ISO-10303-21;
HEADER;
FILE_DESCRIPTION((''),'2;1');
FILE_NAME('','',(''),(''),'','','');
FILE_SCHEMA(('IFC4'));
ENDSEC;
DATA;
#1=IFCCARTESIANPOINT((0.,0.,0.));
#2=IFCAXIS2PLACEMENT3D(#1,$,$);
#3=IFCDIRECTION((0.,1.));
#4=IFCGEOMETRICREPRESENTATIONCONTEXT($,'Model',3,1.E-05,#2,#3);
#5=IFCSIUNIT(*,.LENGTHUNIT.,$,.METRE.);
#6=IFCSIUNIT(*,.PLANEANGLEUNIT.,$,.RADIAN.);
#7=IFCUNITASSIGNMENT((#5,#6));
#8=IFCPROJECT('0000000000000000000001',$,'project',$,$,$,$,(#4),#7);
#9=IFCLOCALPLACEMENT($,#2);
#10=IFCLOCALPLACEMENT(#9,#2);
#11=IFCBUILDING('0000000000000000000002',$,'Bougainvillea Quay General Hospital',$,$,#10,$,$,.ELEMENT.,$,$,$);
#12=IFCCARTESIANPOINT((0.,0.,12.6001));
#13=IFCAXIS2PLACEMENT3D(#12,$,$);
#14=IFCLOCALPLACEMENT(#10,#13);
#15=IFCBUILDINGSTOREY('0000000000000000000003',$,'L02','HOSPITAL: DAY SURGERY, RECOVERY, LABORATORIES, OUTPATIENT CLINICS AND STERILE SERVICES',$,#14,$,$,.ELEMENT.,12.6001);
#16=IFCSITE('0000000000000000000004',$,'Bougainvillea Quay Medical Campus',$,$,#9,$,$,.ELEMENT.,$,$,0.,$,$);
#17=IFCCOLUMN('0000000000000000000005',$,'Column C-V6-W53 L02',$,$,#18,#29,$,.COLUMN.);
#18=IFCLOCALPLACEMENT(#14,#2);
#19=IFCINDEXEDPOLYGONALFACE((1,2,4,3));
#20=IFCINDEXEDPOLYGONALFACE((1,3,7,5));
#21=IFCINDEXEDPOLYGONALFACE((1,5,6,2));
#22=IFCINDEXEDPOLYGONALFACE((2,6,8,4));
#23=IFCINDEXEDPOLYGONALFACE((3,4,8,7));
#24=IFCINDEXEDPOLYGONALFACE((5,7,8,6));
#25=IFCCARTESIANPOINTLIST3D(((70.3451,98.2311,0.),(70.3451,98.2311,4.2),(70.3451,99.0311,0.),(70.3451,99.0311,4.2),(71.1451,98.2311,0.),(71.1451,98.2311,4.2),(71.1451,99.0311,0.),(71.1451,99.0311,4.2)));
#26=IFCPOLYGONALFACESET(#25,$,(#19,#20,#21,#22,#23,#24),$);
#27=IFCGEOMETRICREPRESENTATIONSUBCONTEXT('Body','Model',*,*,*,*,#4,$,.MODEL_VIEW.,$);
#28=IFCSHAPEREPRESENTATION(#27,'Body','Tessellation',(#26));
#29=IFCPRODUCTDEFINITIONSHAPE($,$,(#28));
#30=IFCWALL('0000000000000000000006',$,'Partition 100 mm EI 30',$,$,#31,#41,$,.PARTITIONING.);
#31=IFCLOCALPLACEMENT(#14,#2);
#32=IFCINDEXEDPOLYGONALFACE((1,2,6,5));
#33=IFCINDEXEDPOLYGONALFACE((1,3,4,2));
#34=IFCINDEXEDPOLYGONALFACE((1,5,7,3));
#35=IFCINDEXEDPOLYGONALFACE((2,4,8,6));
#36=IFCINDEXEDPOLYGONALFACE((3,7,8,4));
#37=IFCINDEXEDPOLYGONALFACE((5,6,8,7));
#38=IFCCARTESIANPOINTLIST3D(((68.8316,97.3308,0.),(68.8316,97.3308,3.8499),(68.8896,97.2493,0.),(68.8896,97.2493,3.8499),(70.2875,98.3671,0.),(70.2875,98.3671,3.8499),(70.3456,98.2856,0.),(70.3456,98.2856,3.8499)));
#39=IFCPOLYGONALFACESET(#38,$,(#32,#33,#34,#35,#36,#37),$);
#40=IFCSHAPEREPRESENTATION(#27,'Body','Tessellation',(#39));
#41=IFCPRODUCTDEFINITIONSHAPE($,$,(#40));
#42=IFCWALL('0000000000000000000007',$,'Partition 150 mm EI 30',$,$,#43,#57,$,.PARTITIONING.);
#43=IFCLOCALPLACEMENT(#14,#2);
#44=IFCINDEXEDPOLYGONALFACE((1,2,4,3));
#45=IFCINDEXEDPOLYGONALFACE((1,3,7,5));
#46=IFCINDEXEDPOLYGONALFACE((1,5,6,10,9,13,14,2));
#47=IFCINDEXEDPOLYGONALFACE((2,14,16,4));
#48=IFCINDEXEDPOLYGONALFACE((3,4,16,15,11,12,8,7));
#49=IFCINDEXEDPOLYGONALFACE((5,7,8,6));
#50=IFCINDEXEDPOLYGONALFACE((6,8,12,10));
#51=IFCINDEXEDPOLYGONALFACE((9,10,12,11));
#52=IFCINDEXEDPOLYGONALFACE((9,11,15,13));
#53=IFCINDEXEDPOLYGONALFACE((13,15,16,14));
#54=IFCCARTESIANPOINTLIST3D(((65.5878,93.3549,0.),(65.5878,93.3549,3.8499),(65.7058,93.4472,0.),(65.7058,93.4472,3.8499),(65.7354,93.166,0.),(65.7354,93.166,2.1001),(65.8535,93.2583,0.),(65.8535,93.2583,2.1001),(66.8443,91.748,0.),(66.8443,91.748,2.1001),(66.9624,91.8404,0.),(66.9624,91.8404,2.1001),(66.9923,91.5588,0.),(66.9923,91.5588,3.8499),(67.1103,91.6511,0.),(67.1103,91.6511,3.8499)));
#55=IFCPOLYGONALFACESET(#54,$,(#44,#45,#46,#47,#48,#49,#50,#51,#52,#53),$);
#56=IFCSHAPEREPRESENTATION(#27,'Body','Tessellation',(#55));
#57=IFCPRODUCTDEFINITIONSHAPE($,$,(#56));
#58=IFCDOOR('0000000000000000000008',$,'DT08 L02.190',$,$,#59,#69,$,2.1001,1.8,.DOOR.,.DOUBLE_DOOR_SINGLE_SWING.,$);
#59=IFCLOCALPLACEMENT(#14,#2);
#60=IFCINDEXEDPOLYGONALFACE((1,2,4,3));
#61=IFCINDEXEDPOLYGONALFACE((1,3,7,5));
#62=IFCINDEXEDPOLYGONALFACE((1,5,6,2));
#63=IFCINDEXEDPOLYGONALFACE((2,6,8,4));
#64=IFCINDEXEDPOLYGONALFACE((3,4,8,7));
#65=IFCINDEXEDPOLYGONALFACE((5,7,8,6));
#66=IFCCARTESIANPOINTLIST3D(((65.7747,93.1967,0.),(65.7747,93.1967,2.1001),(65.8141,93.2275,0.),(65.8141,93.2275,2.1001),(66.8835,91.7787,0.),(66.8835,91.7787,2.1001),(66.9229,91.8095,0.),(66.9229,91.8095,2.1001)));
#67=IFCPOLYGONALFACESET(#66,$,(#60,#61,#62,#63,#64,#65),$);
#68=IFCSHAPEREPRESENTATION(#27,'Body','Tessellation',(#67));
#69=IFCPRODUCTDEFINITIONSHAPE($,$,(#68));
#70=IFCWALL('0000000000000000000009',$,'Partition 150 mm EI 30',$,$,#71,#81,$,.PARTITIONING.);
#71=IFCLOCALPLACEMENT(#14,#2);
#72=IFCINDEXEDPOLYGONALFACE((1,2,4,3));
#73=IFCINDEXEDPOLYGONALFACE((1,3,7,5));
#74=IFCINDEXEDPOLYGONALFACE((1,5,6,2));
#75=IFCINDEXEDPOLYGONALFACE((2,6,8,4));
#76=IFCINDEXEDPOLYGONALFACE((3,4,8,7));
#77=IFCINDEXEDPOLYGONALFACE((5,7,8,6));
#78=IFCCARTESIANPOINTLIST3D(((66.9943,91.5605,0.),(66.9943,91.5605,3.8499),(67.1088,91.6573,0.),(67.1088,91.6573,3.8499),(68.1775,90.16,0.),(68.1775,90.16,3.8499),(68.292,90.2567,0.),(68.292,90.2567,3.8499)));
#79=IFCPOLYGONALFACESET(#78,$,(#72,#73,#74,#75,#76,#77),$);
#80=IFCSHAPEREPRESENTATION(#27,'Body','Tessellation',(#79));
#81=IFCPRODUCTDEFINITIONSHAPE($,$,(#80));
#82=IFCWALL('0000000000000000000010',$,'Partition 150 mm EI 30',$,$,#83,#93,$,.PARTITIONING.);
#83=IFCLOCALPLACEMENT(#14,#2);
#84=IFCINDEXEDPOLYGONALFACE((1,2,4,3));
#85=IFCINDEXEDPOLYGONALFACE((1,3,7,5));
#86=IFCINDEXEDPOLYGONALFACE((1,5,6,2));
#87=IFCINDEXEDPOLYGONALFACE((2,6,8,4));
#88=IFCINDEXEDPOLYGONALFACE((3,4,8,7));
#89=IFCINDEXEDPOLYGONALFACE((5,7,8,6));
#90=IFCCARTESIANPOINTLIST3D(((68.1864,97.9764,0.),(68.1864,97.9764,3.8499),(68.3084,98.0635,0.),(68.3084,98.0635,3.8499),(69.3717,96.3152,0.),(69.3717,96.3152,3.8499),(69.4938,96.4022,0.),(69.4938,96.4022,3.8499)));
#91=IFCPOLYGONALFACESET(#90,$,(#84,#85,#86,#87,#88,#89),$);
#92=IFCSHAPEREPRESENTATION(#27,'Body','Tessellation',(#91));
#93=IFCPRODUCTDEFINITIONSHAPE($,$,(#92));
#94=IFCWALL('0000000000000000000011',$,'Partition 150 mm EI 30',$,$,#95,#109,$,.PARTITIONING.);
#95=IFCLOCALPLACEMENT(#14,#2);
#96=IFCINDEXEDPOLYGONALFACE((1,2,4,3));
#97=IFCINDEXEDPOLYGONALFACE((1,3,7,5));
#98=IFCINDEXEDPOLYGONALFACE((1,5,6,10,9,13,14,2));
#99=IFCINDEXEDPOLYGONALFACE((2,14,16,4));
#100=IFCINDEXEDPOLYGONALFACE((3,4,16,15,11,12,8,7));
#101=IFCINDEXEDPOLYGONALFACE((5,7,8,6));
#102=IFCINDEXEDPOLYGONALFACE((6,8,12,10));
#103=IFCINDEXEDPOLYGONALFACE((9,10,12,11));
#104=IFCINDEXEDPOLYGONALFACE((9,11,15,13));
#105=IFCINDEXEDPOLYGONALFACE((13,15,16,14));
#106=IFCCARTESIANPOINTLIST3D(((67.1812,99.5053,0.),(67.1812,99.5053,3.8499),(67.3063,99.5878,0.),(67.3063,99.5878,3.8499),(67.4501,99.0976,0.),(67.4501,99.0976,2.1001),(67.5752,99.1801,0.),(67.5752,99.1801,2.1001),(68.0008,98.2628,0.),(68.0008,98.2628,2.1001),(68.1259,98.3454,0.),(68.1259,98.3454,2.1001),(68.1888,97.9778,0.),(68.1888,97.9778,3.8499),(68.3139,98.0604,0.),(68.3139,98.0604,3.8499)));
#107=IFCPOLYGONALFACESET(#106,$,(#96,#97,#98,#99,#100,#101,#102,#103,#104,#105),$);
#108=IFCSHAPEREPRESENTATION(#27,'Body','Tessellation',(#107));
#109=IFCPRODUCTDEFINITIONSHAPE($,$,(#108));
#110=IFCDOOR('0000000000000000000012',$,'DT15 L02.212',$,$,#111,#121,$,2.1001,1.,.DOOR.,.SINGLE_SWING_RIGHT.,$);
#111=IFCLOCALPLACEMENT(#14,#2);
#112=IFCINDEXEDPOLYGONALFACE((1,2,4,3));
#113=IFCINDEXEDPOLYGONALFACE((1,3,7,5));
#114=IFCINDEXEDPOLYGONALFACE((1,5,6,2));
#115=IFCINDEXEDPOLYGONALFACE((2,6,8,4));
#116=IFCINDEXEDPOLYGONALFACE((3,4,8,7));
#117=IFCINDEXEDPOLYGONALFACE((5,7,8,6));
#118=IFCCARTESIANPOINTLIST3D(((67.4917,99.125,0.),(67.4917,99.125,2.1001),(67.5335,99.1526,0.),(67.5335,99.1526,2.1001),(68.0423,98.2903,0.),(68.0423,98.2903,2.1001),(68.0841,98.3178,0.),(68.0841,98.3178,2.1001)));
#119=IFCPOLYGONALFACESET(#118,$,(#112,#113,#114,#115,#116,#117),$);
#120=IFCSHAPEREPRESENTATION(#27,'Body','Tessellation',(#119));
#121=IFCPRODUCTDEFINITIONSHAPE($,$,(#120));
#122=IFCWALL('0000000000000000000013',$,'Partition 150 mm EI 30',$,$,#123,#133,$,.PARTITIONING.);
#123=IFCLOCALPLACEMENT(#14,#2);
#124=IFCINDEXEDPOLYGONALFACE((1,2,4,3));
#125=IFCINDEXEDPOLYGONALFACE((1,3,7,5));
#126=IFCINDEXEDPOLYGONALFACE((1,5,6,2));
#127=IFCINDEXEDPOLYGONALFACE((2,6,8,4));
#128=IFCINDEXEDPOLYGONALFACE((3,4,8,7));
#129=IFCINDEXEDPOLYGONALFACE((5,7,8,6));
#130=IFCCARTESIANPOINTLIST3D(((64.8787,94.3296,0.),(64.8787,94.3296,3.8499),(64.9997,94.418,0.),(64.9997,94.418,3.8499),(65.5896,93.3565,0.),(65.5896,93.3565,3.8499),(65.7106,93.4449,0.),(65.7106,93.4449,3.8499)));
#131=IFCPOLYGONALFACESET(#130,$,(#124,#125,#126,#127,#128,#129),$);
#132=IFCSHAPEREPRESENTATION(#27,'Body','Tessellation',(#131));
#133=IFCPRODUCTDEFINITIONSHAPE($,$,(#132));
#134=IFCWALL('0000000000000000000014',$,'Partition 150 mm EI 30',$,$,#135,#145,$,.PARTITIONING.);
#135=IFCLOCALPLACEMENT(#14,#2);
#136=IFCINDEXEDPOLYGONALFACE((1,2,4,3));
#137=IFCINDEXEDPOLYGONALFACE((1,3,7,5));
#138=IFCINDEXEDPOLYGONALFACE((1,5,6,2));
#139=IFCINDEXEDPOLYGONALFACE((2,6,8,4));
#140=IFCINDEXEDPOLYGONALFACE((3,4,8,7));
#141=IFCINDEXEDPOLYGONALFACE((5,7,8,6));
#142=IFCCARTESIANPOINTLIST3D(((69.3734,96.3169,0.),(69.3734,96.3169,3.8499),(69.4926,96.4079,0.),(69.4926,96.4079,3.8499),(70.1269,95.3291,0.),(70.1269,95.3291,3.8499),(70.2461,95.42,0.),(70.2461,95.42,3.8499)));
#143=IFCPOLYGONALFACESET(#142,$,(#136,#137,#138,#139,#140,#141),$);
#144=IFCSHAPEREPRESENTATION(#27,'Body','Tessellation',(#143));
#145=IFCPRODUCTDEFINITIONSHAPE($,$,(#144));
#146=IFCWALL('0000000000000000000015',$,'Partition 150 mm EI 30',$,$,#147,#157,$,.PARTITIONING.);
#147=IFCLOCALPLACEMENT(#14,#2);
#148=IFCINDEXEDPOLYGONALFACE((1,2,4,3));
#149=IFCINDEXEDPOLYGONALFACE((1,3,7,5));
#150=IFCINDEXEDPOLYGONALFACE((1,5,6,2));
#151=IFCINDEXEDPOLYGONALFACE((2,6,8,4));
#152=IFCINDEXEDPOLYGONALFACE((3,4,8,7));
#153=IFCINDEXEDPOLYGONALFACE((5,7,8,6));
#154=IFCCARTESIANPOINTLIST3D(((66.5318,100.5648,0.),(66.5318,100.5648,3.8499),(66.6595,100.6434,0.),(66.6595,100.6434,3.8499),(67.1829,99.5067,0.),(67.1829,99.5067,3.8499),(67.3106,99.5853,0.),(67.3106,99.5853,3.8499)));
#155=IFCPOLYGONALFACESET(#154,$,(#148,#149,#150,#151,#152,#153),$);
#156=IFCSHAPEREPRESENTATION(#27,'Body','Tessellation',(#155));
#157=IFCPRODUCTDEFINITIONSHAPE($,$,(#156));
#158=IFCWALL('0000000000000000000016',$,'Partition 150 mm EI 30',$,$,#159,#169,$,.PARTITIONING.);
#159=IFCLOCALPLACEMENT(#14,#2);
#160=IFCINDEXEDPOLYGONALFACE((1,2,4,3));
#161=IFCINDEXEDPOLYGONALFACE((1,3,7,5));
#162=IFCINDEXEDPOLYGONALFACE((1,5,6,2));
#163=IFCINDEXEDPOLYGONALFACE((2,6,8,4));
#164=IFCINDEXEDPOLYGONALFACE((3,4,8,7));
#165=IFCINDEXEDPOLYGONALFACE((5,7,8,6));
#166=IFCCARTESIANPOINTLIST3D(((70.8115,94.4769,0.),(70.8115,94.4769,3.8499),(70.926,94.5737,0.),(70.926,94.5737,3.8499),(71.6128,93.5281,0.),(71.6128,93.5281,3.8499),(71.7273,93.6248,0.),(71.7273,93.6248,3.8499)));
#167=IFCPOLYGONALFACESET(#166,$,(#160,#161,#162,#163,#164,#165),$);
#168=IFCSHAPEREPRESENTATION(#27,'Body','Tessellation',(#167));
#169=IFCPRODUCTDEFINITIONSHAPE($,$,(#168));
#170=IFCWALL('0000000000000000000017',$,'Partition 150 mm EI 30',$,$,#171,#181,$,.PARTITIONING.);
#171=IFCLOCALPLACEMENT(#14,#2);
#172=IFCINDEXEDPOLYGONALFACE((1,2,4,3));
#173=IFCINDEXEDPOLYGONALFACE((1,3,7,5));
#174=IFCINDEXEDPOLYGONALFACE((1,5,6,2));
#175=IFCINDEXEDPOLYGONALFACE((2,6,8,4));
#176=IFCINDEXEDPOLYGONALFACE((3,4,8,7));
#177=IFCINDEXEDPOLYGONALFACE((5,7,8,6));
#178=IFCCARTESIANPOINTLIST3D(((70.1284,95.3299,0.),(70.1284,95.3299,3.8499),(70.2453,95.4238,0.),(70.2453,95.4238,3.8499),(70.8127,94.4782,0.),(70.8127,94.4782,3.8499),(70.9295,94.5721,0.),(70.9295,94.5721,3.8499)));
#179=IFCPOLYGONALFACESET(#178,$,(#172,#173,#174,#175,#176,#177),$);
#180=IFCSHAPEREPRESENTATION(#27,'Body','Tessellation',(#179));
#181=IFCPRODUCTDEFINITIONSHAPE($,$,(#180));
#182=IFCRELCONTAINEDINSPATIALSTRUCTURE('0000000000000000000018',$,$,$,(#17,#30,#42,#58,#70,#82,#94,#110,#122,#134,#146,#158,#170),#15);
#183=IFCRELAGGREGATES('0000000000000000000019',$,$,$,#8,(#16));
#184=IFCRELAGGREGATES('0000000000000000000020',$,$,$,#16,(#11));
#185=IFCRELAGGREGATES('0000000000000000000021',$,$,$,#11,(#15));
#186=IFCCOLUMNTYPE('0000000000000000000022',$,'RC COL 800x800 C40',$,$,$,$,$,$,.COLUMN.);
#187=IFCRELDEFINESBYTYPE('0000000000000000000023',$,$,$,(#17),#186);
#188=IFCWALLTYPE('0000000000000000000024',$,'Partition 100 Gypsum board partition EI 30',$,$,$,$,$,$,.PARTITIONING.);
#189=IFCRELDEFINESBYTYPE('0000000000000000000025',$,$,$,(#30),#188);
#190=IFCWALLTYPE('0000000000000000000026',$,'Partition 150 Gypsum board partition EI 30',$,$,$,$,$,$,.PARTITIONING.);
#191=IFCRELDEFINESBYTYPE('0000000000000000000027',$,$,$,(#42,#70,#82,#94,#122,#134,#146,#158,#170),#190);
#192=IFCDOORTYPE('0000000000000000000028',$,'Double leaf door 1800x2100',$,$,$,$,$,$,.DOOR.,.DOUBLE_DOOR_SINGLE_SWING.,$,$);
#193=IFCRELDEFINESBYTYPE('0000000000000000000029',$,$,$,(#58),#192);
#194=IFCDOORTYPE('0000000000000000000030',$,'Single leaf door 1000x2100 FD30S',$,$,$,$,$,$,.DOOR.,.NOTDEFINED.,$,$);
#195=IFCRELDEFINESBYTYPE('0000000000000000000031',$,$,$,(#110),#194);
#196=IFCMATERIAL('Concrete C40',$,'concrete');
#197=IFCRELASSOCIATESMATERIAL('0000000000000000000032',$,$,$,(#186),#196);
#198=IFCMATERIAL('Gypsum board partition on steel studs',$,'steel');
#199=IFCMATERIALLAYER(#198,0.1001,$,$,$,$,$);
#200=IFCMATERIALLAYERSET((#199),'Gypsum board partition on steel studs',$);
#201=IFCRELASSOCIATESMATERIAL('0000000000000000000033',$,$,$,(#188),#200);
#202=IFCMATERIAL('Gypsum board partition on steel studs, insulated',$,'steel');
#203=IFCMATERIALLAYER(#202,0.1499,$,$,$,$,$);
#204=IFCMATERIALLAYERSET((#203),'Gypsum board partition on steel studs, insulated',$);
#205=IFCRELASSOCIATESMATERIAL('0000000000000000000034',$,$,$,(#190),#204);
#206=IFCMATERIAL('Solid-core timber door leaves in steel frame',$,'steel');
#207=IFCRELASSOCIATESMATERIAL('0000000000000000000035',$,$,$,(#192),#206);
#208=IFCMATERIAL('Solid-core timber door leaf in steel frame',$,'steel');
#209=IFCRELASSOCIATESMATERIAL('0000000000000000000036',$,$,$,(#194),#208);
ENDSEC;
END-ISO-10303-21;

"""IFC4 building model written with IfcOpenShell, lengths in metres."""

from ifc_helpers import new_model, si_unit, direction, frame, frame_2d, origin, origin_2d, place, context, subcontext, project, spatial, rectangle, extrude, material, layer, layer_set, material_profile, profile_set, type_object, element, fill, save


model = new_model("IFC4")

# Units and contexts
model_context = context("Model", 3, precision=1e-05, world=origin(), true_north=direction((0.0, 1.0)))
body_context = subcontext(model_context, "Body", "Model", "MODEL_VIEW")
ifc_project = project(units=[si_unit("LENGTHUNIT", "METRE"), si_unit("PLANEANGLEUNIT", "RADIAN")], contexts=[model_context])

# Site, building, storey
site_placement = place(None, origin())
site = spatial("IfcSite", under=ifc_project, at=site_placement, Name="Bougainvillea Quay Medical Campus", CompositionType="ELEMENT", RefElevation=0.0)
building_placement = place(site_placement, origin())
building = spatial("IfcBuilding", under=site, at=building_placement, Name="Bougainvillea Quay General Hospital", CompositionType="ELEMENT")
storey_placement = place(building_placement, frame((0.0, 0.0, 12.6001)))
storey = spatial("IfcBuildingStorey", under=building, at=storey_placement, Name="L02", Description="HOSPITAL: DAY SURGERY, RECOVERY, LABORATORIES, OUTPATIENT CLINICS AND STERILE SERVICES", CompositionType="ELEMENT", Elevation=12.6001)

# Column
ifc_material_1 = material(Name="Concrete C40", Category="concrete")
ifc_material_profile = material_profile(ifc_material_1, rectangle(XDim=0.8, YDim=0.8, at=origin_2d()))
ifc_profile_set = profile_set([ifc_material_profile], Name="Concrete C40")
column_type = type_object("IfcColumnType", Name="RC COL 800x800 C40", PredefinedType="COLUMN", material=ifc_profile_set)
column_placement = place(storey_placement, frame((70.7451, 98.6311, 0.0), z_axis=(0.0, 0.0, 1.0), x_axis=(1.0, 0.0, 0.0)))
element("IfcColumn", 1, at=column_placement, inside=storey, type_object=column_type, Name="Column C-V6-W53 L02", PredefinedType="COLUMN", context=body_context, shape_type="SweptSolid", body=[
    extrude(rectangle(XDim=0.8, YDim=0.8, at=origin_2d()), origin(), (0.0, 0.0, 1.0), 4.2),
])

# Wall
ifc_material_2 = material(Name="Gypsum board partition on steel studs", Category="steel")
ifc_layer_1 = layer(ifc_material_2, 0.1001)
ifc_layer_set_1 = layer_set([ifc_layer_1], Name="Gypsum board partition on steel studs")
wall_type_1 = type_object("IfcWallType", Name="Partition 100 Gypsum board partition EI 30", PredefinedType="PARTITIONING", material=ifc_layer_set_1)
wall_1_placement = place(storey_placement, frame((68.8606, 97.29, 0.0), z_axis=(0.0, 0.0, 1.0), x_axis=(0.814701, 0.579881, 0.0)))
element("IfcWall", 2, at=wall_1_placement, inside=storey, type_object=wall_type_1, Name="Partition 100 mm EI 30", PredefinedType="PARTITIONING", context=body_context, shape_type="SweptSolid", body=[
    extrude(rectangle(XDim=1.7871, YDim=0.1001, at=frame_2d((0.8936, 0.0))), origin(), (0.0, 0.0, 1.0), 3.8499),
])

# Wall, opening, door
ifc_material_3 = material(Name="Gypsum board partition on steel studs, insulated", Category="steel")
ifc_layer_2 = layer(ifc_material_3, 0.1499)
ifc_layer_set_2 = layer_set([ifc_layer_2], Name="Gypsum board partition on steel studs, insulated")
wall_type_2 = type_object("IfcWallType", Name="Partition 150 Gypsum board partition EI 30", PredefinedType="PARTITIONING", material=ifc_layer_set_2)
wall_2_placement = place(storey_placement, frame((65.6467, 93.4011, 0.0), z_axis=(0.0, 0.0, 1.0), x_axis=(0.615999, -0.787747, 0.0)))
wall_2 = element("IfcWall", 3, at=wall_2_placement, inside=storey, type_object=wall_type_2, Name="Partition 150 mm EI 30", PredefinedType="PARTITIONING", context=body_context, shape_type="SweptSolid", body=[
    extrude(rectangle(XDim=2.28, YDim=0.1499, at=frame_2d((1.1401, 0.0))), origin(), (0.0, 0.0, 1.0), 3.8499),
])
opening_1_placement = place(wall_2_placement, frame((0.24, 0.0, 0.0)))
opening_1 = element("IfcOpeningElement", 4, at=opening_1_placement, cuts=wall_2, PredefinedType="OPENING", context=body_context, shape_type="SweptSolid", body=[
    extrude(rectangle(XDim=1.8, YDim=2.1001, at=frame_2d((0.8999, 1.05))), frame((0.0, 0.085, 0.0), z_axis=(0.0, -1.0, 0.0), x_axis=(1.0, 0.0, 0.0)), (0.0, 0.0, 1.0), 0.1699),
])
ifc_material_4 = material(Name="Solid-core timber door leaves in steel frame", Category="steel")
door_type_1 = type_object("IfcDoorType", Name="Double leaf door 1800x2100", OperationType="DOUBLE_DOOR_SINGLE_SWING", PredefinedType="DOOR", material=ifc_material_4)
door_1_placement = place(opening_1_placement, origin())
door_1 = element("IfcDoor", 5, at=door_1_placement, inside=storey, type_object=door_type_1, Name="DT08 L02.190", OperationType="DOUBLE_DOOR_SINGLE_SWING", OverallHeight=2.1001, OverallWidth=1.8, PredefinedType="DOOR", context=body_context, shape_type="SweptSolid", body=[
    extrude(rectangle(XDim=1.8, YDim=2.1001, at=frame_2d((0.8999, 1.05))), frame((0.0, 0.0249, 0.0), z_axis=(0.0, -1.0, 0.0), x_axis=(1.0, 0.0, 0.0)), (0.0, 0.0, 1.0), 0.05),
])
fill(opening_1, door_1)

# Walls
wall_3_placement = place(storey_placement, frame((67.0515, 91.6089, 0.0), z_axis=(0.0, 0.0, 1.0), x_axis=(0.645369, -0.763871, 0.0)))
element("IfcWall", 6, at=wall_3_placement, inside=storey, type_object=wall_type_2, Name="Partition 150 mm EI 30", PredefinedType="PARTITIONING", context=body_context, shape_type="SweptSolid", body=[
    extrude(rectangle(XDim=1.8335, YDim=0.1499, at=frame_2d((0.9167, 0.0))), origin(), (0.0, 0.0, 1.0), 3.8499),
])
wall_4_placement = place(storey_placement, frame((68.2473, 98.02, 0.0), z_axis=(0.0, 0.0, 1.0), x_axis=(0.580842, -0.814016, 0.0)))
element("IfcWall", 7, at=wall_4_placement, inside=storey, type_object=wall_type_2, Name="Partition 150 mm EI 30", PredefinedType="PARTITIONING", context=body_context, shape_type="SweptSolid", body=[
    extrude(rectangle(XDim=2.0408, YDim=0.1499, at=frame_2d((1.0205, 0.0))), origin(), (0.0, 0.0, 1.0), 3.8499),
])

# Wall, opening, door
wall_5_placement = place(storey_placement, frame((67.2437, 99.5466, 0.0), z_axis=(0.0, 0.0, 1.0), x_axis=(0.55066, -0.83473, 0.0)))
wall_5 = element("IfcWall", 8, at=wall_5_placement, inside=storey, type_object=wall_type_2, Name="Partition 150 mm EI 30", PredefinedType="PARTITIONING", context=body_context, shape_type="SweptSolid", body=[
    extrude(rectangle(XDim=1.8298, YDim=0.1499, at=frame_2d((0.915, 0.0))), origin(), (0.0, 0.0, 1.0), 3.8499),
])
opening_2_placement = place(wall_5_placement, frame((0.4885, 0.0, 0.0)))
opening_2 = element("IfcOpeningElement", 9, at=opening_2_placement, cuts=wall_5, PredefinedType="OPENING", context=body_context, shape_type="SweptSolid", body=[
    extrude(rectangle(XDim=1.0, YDim=2.1001, at=frame_2d((0.5, 1.05))), frame((0.0, 0.085, 0.0), z_axis=(0.0, -1.0, 0.0), x_axis=(1.0, 0.0, 0.0)), (0.0, 0.0, 1.0), 0.1699),
])
ifc_material_5 = material(Name="Solid-core timber door leaf in steel frame", Category="steel")
door_type_2 = type_object("IfcDoorType", Name="Single leaf door 1000x2100 FD30S", OperationType="NOTDEFINED", PredefinedType="DOOR", material=ifc_material_5)
door_2_placement = place(opening_2_placement, origin())
door_2 = element("IfcDoor", 10, at=door_2_placement, inside=storey, type_object=door_type_2, Name="DT15 L02.212", OperationType="SINGLE_SWING_RIGHT", OverallHeight=2.1001, OverallWidth=1.0, PredefinedType="DOOR", context=body_context, shape_type="SweptSolid", body=[
    extrude(rectangle(XDim=1.0, YDim=2.1001, at=frame_2d((0.5, 1.05))), frame((0.0, 0.0249, 0.0), z_axis=(0.0, -1.0, 0.0), x_axis=(1.0, 0.0, 0.0)), (0.0, 0.0, 1.0), 0.05),
])
fill(opening_2, door_2)

# Walls
wall_6_placement = place(storey_placement, frame((64.9392, 94.3738, 0.0), z_axis=(0.0, 0.0, 1.0), x_axis=(0.589905, -0.807473, 0.0)))
element("IfcWall", 11, at=wall_6_placement, inside=storey, type_object=wall_type_2, Name="Partition 150 mm EI 30", PredefinedType="PARTITIONING", context=body_context, shape_type="SweptSolid", body=[
    extrude(rectangle(XDim=1.2051, YDim=0.1499, at=frame_2d((0.6025, 0.0))), origin(), (0.0, 0.0, 1.0), 3.8499),
])
for number, where, z_axis, x_axis, name in (
    (12, (69.4331, 96.3623, 0.0), (0.0, 0.0, 1.0), (0.606458, -0.795116, 0.0), "Partition 150 mm EI 30"),
    (13, (66.5957, 100.604, 0.0), (0.0, 0.0, 1.0), (0.524086, -0.851665, 0.0), "Partition 150 mm EI 30"),
):
    element("IfcWall", number, at=place(storey_placement, frame(where, z_axis=z_axis, x_axis=x_axis)), inside=storey, type_object=wall_type_2, Name=name, PredefinedType="PARTITIONING", context=body_context, shape_type="SweptSolid", body=[
        extrude(rectangle(XDim=1.2424, YDim=0.1499, at=frame_2d((0.6211, 0.0))), origin(), (0.0, 0.0, 1.0), 3.8499),
    ])
wall_7_placement = place(storey_placement, frame((70.8687, 94.5254, 0.0), z_axis=(0.0, 0.0, 1.0), x_axis=(0.645237, -0.763983, 0.0)))
element("IfcWall", 14, at=wall_7_placement, inside=storey, type_object=wall_type_2, Name="Partition 150 mm EI 30", PredefinedType="PARTITIONING", context=body_context, shape_type="SweptSolid", body=[
    extrude(rectangle(XDim=1.2419, YDim=0.1499, at=frame_2d((0.6211, 0.0))), origin(), (0.0, 0.0, 1.0), 3.8499),
])
wall_8_placement = place(storey_placement, frame((70.1868, 95.377, 0.0), z_axis=(0.0, 0.0, 1.0), x_axis=(0.626301, -0.779581, 0.0)))
element("IfcWall", 15, at=wall_8_placement, inside=storey, type_object=wall_type_2, Name="Partition 150 mm EI 30", PredefinedType="PARTITIONING", context=body_context, shape_type="SweptSolid", body=[
    extrude(rectangle(XDim=1.0925, YDim=0.1499, at=frame_2d((0.5464, 0.0))), origin(), (0.0, 0.0, 1.0), 3.8499),
])

save(model, "model.ifc")
